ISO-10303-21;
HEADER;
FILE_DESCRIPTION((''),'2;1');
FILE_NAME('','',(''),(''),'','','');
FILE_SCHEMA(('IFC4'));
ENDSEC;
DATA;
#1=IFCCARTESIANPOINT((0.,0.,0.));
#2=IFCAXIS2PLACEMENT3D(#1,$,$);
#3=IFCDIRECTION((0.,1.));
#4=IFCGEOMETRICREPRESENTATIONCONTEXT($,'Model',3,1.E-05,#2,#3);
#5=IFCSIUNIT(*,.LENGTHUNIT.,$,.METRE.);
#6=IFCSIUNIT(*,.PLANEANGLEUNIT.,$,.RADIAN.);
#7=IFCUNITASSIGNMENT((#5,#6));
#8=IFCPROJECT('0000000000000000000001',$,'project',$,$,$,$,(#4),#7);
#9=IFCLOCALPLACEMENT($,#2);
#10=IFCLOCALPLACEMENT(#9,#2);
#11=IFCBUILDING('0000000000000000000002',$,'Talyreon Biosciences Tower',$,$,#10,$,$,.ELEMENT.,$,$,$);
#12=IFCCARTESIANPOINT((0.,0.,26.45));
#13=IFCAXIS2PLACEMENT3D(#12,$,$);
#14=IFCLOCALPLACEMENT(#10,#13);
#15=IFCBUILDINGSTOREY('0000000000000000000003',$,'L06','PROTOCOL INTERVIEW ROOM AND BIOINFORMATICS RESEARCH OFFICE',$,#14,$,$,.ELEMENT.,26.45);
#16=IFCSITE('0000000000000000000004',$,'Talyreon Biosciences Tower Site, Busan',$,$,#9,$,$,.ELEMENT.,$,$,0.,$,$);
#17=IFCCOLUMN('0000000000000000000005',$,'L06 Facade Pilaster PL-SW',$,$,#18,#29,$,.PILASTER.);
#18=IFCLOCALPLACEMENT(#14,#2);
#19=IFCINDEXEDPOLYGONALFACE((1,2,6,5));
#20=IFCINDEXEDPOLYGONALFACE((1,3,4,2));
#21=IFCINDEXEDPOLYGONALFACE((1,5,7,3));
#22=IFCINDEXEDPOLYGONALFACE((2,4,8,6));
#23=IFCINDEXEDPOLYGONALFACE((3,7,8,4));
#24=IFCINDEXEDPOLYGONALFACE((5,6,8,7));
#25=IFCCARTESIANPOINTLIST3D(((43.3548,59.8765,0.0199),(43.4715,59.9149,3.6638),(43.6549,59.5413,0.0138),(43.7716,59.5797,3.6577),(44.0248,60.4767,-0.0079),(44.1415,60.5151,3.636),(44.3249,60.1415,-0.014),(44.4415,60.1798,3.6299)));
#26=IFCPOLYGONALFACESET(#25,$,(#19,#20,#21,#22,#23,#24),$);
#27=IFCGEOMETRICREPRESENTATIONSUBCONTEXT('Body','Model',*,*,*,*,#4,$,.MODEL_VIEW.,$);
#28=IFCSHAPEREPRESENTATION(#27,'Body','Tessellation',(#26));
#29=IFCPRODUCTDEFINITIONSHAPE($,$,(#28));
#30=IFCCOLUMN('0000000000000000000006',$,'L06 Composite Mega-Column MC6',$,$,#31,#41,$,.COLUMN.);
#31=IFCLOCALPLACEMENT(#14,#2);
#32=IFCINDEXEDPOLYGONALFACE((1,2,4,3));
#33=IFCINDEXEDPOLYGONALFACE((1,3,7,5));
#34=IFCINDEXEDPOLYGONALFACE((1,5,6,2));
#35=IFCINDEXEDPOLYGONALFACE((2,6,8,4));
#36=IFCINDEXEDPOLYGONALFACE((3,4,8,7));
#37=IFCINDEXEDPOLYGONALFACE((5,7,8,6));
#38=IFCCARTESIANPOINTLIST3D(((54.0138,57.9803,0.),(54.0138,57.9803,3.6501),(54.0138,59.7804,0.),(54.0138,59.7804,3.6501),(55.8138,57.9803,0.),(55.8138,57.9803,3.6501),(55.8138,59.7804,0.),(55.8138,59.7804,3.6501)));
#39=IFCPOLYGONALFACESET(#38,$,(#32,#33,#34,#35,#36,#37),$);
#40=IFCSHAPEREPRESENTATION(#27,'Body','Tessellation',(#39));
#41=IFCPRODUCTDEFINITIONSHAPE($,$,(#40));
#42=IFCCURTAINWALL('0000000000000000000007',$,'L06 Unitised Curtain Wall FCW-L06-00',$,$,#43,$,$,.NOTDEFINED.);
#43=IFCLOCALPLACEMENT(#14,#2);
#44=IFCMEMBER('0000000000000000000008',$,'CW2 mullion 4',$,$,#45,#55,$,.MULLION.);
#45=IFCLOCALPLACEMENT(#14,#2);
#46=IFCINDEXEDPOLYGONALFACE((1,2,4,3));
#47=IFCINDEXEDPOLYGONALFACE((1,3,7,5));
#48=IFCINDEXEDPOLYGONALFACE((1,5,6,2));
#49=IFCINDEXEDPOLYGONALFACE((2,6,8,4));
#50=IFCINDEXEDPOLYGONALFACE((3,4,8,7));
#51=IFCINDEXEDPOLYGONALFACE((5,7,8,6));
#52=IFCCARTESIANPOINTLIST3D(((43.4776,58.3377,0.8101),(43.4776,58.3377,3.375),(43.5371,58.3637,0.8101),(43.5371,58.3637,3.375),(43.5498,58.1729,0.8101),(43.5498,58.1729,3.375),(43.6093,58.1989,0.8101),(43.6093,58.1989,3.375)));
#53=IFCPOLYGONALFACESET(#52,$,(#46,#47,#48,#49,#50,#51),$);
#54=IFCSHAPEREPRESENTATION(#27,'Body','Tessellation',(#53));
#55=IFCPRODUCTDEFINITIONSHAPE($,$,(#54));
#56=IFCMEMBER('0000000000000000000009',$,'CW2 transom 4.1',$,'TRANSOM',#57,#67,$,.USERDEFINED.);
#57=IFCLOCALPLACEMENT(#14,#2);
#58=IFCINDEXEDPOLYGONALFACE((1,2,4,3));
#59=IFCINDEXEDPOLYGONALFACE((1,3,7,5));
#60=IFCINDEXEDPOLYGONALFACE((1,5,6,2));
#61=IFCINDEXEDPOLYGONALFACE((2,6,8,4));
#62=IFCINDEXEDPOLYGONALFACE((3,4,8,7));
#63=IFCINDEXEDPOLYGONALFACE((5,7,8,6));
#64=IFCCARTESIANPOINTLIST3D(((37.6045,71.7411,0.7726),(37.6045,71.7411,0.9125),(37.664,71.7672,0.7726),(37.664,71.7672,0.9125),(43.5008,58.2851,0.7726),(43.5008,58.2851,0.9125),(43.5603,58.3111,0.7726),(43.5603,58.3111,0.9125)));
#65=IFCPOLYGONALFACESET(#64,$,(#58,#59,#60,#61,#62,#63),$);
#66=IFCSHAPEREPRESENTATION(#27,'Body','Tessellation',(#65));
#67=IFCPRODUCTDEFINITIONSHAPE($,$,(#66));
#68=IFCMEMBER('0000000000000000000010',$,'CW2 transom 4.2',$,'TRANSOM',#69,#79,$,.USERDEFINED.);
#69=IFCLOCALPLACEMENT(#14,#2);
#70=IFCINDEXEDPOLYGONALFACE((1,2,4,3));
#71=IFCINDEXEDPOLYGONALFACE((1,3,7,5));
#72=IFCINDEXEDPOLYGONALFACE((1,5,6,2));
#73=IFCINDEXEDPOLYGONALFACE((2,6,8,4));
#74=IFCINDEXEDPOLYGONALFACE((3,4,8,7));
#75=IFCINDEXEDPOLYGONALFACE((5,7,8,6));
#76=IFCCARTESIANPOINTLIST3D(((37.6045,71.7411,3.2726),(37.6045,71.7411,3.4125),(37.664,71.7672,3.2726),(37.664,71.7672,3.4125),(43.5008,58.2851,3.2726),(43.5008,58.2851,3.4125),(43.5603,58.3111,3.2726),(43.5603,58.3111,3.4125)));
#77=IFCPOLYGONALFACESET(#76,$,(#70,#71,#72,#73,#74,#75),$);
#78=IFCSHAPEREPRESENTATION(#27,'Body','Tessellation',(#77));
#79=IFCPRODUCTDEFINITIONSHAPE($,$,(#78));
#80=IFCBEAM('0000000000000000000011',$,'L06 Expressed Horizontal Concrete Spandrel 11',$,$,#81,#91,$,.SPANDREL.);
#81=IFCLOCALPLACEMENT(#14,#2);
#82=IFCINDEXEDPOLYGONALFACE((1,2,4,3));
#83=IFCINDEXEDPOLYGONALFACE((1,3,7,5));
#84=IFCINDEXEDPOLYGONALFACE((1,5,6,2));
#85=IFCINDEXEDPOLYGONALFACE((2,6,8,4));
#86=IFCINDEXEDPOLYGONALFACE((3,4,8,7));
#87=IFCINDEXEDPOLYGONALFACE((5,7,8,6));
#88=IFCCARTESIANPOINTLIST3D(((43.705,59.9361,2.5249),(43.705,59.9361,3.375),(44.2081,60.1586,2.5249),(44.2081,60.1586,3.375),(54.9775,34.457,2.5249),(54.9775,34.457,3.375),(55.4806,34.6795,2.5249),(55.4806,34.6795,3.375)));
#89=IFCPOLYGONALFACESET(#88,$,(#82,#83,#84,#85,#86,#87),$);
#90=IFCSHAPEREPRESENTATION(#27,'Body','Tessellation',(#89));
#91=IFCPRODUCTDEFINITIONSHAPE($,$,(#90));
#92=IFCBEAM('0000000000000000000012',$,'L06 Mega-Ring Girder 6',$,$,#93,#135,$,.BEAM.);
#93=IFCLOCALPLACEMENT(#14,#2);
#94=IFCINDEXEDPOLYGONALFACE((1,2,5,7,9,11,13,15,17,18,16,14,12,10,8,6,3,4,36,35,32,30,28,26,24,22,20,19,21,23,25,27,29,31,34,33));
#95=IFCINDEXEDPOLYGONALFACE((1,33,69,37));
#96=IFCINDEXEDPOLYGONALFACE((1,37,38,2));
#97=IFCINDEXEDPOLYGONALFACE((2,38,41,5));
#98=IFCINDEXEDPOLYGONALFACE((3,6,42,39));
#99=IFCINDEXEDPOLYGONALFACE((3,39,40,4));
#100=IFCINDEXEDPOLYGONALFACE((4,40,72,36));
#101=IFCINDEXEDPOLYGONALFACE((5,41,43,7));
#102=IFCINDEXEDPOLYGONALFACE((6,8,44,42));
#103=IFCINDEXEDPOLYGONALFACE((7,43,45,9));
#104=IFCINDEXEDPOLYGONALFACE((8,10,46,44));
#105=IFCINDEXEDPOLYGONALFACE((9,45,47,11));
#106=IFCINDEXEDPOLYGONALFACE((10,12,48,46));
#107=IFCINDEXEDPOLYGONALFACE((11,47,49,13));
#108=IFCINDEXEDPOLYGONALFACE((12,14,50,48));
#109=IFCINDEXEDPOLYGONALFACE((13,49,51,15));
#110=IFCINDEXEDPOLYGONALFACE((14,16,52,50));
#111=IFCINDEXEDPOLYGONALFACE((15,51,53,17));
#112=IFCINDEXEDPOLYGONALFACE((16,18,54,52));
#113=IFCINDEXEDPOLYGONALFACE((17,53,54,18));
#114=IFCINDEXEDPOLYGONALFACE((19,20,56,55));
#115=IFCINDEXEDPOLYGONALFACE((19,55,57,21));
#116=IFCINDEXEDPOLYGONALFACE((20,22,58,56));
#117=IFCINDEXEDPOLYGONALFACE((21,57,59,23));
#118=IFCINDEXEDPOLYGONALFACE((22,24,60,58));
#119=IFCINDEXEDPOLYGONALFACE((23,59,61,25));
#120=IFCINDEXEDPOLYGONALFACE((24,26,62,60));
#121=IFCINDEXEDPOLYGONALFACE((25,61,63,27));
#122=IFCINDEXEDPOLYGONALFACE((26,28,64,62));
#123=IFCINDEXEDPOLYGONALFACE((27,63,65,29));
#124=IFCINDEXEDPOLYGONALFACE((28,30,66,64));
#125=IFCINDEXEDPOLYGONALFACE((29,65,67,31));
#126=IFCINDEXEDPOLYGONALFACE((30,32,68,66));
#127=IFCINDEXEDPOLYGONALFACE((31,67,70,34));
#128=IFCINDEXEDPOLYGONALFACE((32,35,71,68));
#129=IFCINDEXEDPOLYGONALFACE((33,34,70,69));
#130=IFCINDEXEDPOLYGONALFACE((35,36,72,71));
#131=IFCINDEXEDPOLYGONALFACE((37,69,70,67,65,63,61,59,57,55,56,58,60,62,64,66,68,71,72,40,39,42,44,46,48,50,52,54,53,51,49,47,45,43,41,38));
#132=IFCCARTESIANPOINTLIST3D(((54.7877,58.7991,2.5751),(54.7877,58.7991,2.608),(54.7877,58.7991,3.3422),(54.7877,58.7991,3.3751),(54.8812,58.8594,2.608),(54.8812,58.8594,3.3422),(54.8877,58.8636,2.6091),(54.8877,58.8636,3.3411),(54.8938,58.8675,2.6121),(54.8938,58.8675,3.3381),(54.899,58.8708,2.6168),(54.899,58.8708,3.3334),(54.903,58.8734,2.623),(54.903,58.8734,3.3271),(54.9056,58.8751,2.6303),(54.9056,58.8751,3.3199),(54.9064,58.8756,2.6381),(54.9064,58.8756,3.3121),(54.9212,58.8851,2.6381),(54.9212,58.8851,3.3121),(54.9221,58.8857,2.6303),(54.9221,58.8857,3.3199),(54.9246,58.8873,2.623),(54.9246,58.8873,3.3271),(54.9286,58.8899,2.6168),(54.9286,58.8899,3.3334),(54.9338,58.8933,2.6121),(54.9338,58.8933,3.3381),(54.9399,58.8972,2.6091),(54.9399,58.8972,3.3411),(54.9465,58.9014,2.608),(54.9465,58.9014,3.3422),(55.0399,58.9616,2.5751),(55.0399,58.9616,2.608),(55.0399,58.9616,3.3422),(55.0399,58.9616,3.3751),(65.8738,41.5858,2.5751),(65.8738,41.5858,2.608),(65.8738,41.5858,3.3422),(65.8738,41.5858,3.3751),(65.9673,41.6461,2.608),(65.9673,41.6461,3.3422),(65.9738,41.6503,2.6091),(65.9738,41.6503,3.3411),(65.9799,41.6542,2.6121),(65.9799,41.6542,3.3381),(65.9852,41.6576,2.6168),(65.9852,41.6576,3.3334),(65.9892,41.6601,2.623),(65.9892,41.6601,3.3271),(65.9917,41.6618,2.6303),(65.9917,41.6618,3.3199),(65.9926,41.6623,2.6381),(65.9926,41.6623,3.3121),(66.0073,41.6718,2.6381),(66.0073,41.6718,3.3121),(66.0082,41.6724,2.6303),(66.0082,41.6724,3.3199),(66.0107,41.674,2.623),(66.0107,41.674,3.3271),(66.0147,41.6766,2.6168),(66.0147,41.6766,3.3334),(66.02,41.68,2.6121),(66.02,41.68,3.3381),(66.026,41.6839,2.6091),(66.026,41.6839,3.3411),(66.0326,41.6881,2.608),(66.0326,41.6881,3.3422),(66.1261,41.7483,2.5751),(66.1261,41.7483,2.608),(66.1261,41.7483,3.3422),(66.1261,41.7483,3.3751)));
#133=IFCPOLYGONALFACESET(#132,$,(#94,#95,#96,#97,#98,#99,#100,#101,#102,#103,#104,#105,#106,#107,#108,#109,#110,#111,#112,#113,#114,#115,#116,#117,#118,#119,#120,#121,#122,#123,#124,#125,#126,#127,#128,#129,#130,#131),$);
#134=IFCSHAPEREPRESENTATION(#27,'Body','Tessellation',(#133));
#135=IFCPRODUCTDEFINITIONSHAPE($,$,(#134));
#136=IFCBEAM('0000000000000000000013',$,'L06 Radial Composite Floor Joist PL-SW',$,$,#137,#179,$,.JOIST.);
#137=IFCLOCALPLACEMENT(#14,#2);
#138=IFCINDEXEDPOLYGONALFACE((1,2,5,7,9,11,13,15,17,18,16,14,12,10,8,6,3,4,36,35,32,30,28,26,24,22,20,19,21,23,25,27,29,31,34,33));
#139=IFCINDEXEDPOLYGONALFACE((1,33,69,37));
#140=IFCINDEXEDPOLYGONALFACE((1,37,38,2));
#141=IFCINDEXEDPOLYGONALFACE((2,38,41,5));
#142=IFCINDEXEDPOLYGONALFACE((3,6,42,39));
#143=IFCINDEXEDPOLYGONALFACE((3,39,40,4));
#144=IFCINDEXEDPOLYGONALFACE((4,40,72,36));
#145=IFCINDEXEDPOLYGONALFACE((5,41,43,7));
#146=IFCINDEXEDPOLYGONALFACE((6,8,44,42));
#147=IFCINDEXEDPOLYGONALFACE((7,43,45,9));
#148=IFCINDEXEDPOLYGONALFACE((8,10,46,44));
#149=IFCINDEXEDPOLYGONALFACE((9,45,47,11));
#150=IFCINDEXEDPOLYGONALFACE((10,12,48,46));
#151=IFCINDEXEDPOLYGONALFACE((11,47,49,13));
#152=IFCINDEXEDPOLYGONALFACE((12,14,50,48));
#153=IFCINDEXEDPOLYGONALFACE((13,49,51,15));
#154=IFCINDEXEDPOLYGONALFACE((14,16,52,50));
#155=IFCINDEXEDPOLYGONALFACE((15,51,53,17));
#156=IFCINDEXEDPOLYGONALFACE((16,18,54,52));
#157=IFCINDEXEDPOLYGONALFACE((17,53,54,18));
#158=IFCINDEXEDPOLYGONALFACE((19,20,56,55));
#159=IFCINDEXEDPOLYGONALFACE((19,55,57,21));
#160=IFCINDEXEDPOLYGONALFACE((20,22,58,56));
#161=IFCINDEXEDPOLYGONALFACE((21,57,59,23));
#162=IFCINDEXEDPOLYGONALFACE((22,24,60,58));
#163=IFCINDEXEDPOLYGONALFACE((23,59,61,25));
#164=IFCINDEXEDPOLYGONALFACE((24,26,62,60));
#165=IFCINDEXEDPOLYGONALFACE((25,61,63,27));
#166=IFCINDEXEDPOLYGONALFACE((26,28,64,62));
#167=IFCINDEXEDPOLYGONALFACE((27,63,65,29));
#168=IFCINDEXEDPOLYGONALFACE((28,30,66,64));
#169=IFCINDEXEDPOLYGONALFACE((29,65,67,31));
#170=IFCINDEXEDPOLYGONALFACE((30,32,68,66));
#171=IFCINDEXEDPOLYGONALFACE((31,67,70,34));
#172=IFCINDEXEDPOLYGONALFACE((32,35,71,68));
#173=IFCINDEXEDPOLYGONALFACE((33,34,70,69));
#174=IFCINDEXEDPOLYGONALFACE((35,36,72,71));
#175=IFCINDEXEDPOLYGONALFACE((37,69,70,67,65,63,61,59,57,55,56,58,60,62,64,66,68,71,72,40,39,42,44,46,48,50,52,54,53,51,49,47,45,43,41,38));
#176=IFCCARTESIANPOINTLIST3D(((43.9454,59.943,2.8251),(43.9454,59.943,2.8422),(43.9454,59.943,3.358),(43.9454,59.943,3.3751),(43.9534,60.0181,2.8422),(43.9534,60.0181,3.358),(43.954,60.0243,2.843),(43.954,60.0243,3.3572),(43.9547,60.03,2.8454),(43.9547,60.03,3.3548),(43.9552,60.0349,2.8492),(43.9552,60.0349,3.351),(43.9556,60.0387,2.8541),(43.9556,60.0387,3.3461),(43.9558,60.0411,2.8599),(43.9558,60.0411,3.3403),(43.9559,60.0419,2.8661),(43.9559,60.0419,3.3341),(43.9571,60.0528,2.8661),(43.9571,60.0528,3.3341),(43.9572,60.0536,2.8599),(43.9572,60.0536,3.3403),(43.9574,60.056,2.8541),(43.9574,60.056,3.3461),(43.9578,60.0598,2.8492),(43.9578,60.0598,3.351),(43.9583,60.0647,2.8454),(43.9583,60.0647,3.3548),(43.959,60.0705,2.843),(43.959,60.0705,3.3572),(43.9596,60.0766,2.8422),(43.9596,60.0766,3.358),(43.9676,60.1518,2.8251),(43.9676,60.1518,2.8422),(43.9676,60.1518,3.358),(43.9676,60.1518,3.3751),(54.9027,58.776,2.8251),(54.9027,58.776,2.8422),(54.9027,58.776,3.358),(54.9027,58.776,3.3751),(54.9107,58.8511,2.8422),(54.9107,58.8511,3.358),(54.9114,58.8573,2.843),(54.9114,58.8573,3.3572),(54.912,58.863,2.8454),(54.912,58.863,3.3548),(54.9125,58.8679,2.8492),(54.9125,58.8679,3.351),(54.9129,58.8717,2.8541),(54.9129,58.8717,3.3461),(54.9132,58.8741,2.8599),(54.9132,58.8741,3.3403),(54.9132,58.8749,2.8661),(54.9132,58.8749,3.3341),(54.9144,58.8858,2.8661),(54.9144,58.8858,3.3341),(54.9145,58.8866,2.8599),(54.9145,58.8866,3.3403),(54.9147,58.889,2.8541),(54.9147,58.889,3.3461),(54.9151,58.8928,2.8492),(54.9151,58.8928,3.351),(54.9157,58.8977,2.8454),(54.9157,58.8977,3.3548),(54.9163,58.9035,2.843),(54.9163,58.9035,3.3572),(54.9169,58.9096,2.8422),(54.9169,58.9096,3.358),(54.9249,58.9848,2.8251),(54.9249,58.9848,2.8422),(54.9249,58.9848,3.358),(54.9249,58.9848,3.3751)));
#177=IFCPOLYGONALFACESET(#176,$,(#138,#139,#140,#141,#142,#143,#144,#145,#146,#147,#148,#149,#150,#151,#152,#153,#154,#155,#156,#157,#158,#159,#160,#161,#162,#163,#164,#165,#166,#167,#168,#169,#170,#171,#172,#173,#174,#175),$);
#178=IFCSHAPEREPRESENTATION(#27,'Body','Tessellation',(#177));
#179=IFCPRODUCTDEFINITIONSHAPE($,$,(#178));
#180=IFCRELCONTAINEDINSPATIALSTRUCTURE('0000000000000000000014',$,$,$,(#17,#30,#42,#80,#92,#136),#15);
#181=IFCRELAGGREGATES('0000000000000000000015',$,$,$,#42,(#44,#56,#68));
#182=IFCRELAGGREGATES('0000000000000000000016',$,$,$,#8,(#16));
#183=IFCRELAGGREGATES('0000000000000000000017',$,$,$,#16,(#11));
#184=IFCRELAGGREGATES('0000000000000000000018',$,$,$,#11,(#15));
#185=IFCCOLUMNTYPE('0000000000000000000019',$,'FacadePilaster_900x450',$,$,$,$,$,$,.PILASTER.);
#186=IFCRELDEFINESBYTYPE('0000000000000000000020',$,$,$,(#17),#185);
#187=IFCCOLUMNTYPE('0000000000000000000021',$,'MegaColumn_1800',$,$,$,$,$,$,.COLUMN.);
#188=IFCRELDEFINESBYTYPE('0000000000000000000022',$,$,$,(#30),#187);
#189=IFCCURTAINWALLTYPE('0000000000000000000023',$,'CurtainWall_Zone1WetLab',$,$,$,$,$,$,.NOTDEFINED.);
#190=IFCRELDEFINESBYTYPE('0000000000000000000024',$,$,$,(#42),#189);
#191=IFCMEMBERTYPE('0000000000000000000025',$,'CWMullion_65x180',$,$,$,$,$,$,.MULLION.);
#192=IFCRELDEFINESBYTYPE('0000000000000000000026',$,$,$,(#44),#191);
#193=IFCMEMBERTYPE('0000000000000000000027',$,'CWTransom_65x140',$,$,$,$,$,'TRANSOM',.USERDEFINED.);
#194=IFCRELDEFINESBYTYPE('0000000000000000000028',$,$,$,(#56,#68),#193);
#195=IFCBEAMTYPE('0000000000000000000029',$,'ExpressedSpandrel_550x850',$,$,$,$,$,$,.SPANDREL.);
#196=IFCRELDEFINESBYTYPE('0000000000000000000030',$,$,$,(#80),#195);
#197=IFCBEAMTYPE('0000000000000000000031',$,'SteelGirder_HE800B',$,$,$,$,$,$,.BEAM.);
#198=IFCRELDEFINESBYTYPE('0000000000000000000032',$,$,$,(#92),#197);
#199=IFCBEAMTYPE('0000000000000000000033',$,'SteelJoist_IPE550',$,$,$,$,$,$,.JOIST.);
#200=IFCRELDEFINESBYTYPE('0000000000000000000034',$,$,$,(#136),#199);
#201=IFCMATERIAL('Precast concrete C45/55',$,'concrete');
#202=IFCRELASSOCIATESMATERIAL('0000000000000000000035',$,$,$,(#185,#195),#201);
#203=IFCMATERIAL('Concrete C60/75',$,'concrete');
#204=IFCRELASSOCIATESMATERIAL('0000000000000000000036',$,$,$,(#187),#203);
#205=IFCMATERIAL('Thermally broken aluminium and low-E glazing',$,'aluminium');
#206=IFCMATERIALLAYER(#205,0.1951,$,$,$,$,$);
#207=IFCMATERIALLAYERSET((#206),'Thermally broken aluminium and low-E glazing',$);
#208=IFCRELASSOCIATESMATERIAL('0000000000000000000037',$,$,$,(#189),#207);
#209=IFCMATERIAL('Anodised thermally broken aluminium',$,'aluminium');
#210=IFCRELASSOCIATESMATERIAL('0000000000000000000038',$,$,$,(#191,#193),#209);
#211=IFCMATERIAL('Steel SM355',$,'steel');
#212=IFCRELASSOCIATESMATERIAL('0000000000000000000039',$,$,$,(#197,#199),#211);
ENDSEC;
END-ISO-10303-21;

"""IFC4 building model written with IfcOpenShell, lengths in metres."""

from ifc_helpers import new_model, si_unit, direction, frame, origin, origin_2d, place, context, subcontext, project, spatial, rectangle, i_section, extrude, material, layer, layer_set, material_profile, profile_set, type_object, element, aggregate, save


model = new_model("IFC4")

# Units and contexts
model_context = context("Model", 3, precision=1e-05, world=origin(), true_north=direction((0.0, 1.0)))
body_context = subcontext(model_context, "Body", "Model", "MODEL_VIEW")
ifc_project = project(units=[si_unit("LENGTHUNIT", "METRE"), si_unit("PLANEANGLEUNIT", "RADIAN")], contexts=[model_context])

# Site, building, storey
site_placement = place(None, origin())
site = spatial("IfcSite", under=ifc_project, at=site_placement, Name="Talyreon Biosciences Tower Site, Busan", CompositionType="ELEMENT", RefElevation=0.0)
building_placement = place(site_placement, origin())
building = spatial("IfcBuilding", under=site, at=building_placement, Name="Talyreon Biosciences Tower", CompositionType="ELEMENT")
storey_placement = place(building_placement, frame((0.0, 0.0, 26.45)))
storey = spatial("IfcBuildingStorey", under=building, at=storey_placement, Name="L06", Description="PROTOCOL INTERVIEW ROOM AND BIOINFORMATICS RESEARCH OFFICE", CompositionType="ELEMENT", Elevation=26.45)

# Columns
ifc_material_1 = material(Name="Precast concrete C45/55", Category="concrete")
ifc_material_profile_1 = material_profile(ifc_material_1, rectangle(XDim=0.8999, YDim=0.45, at=origin_2d()), Name="RC 900x450")
ifc_profile_set_1 = profile_set([ifc_material_profile_1], Name="Precast concrete C45/55")
column_type_1 = type_object("IfcColumnType", Name="FacadePilaster_900x450", PredefinedType="PILASTER", material=ifc_profile_set_1)
column_1_placement = place(storey_placement, frame((43.8398, 60.009, 0.0029), z_axis=(0.032006, 0.010513, 0.999432), x_axis=(0.74446, 0.666954, -0.030856)))
element("IfcColumn", 1, at=column_1_placement, inside=storey, type_object=column_type_1, Name="L06 Facade Pilaster PL-SW", PredefinedType="PILASTER", context=body_context, shape_type="SweptSolid", body=[
    extrude(rectangle(XDim=0.8999, YDim=0.45, at=origin_2d()), origin(), (0.0, 0.0, 1.0), 3.646),
])
ifc_material_2 = material(Name="Concrete C60/75", Category="concrete")
ifc_material_profile_2 = material_profile(ifc_material_2, rectangle(XDim=1.8, YDim=1.8, at=origin_2d()), Name="RC 1800x1800")
ifc_profile_set_2 = profile_set([ifc_material_profile_2], Name="Concrete C60/75")
column_type_2 = type_object("IfcColumnType", Name="MegaColumn_1800", PredefinedType="COLUMN", material=ifc_profile_set_2)
column_2_placement = place(storey_placement, frame((54.9138, 58.8804, 0.0), z_axis=(0.0, 0.0, 1.0), x_axis=(1.0, 0.0, 0.0)))
element("IfcColumn", 2, at=column_2_placement, inside=storey, type_object=column_type_2, Name="L06 Composite Mega-Column MC6", PredefinedType="COLUMN", context=body_context, shape_type="SweptSolid", body=[
    extrude(rectangle(XDim=1.8, YDim=1.8, at=origin_2d()), origin(), (0.0, 0.0, 1.0), 3.6501),
])

# Curtain wall, members
ifc_material_3 = material(Name="Thermally broken aluminium and low-E glazing", Category="aluminium")
ifc_layer_1 = layer(ifc_material_3, 0.1951)
ifc_layer_set_1 = layer_set([ifc_layer_1], Name="Thermally broken aluminium and low-E glazing")
curtain_wall_type = type_object("IfcCurtainWallType", Name="CurtainWall_Zone1WetLab", PredefinedType="NOTDEFINED", material=ifc_layer_set_1)
curtain_wall_placement = place(storey_placement, origin())
curtain_wall = element("IfcCurtainWall", 3, at=curtain_wall_placement, inside=storey, type_object=curtain_wall_type, Name="L06 Unitised Curtain Wall FCW-L06-00", PredefinedType="NOTDEFINED")
ifc_material_4 = material(Name="Anodised thermally broken aluminium", Category="aluminium")
ifc_material_profile_3 = material_profile(ifc_material_4, rectangle(XDim=0.0649, YDim=0.1799, at=origin_2d()), Name="ALUM MULLION 65x180")
ifc_profile_set_3 = profile_set([ifc_material_profile_3], Name="Anodised thermally broken aluminium")
member_type_1 = type_object("IfcMemberType", Name="CWMullion_65x180", PredefinedType="MULLION", material=ifc_profile_set_3)
member_1_placement = place(storey_placement, frame((43.5435, 58.2683, 0.8101), z_axis=(0.0, 0.0, 1.0), x_axis=(-0.915927, -0.401345, 0.0)))
member_1 = element("IfcMember", 4, at=member_1_placement, type_object=member_type_1, Name="CW2 mullion 4", PredefinedType="MULLION", context=body_context, shape_type="SweptSolid", body=[
    extrude(rectangle(XDim=0.0649, YDim=0.1799, at=origin_2d()), origin(), (0.0, 0.0, 1.0), 2.5649),
])
ifc_material_profile_4 = material_profile(ifc_material_4, rectangle(XDim=0.0649, YDim=0.1399, at=origin_2d()), Name="ALUM TRANSOM 65x140")
ifc_profile_set_4 = profile_set([ifc_material_profile_4], Name="Anodised thermally broken aluminium")
member_type_2 = type_object("IfcMemberType", Name="CWTransom_65x140", ElementType="TRANSOM", PredefinedType="USERDEFINED", material=ifc_profile_set_4)
member_2_placement = place(storey_placement, frame((43.5305, 58.2981, 0.8425), z_axis=(-0.401345, 0.915927, 0.0), x_axis=(-0.915927, -0.401345, 0.0)))
member_2 = element("IfcMember", 5, at=member_2_placement, type_object=member_type_2, Name="CW2 transom 4.1", ObjectType="TRANSOM", PredefinedType="USERDEFINED", context=body_context, shape_type="SweptSolid", body=[
    extrude(rectangle(XDim=0.0649, YDim=0.1399, at=origin_2d()), origin(), (0.0, 0.0, 1.0), 14.6912),
])
member_3_placement = place(storey_placement, frame((43.5305, 58.2981, 3.3425), z_axis=(-0.401345, 0.915927, 0.0), x_axis=(-0.915927, -0.401345, 0.0)))
member_3 = element("IfcMember", 6, at=member_3_placement, type_object=member_type_2, Name="CW2 transom 4.2", ObjectType="TRANSOM", PredefinedType="USERDEFINED", context=body_context, shape_type="SweptSolid", body=[
    extrude(rectangle(XDim=0.0649, YDim=0.1399, at=origin_2d()), origin(), (0.0, 0.0, 1.0), 14.6912),
])

# Beams
ifc_material_profile_5 = material_profile(ifc_material_1, rectangle(XDim=0.55, YDim=0.8501, at=origin_2d()), Name="RCB 550x850")
ifc_profile_set_5 = profile_set([ifc_material_profile_5], Name="Precast concrete C45/55")
beam_type_1 = type_object("IfcBeamType", Name="ExpressedSpandrel_550x850", PredefinedType="SPANDREL", material=ifc_profile_set_5)
beam_1_placement = place(storey_placement, frame((43.9565, 60.0474, 2.95), z_axis=(0.404593, -0.914497, 0.0), x_axis=(0.914497, 0.404593, 0.0)))
element("IfcBeam", 7, at=beam_1_placement, inside=storey, type_object=beam_type_1, Name="L06 Expressed Horizontal Concrete Spandrel 11", PredefinedType="SPANDREL", context=body_context, shape_type="SweptSolid", body=[
    extrude(rectangle(XDim=0.55, YDim=0.8501, at=origin_2d()), origin(), (0.0, 0.0, 1.0), 27.8613),
])
ifc_material_5 = material(Name="Steel SM355", Category="steel")
ifc_material_profile_6 = material_profile(ifc_material_5, i_section(OverallWidth=0.3, OverallDepth=0.8, WebThickness=0.0176, FlangeThickness=0.033, FilletRadius=0.03, at=origin_2d()), Name="HE800B")
ifc_profile_set_6 = profile_set([ifc_material_profile_6], Name="Steel SM355")
beam_type_2 = type_object("IfcBeamType", Name="SteelGirder_HE800B", PredefinedType="BEAM", material=ifc_profile_set_6)
beam_2_placement = place(storey_placement, frame((54.9138, 58.8804, 2.9751), z_axis=(0.541464, -0.840724, 0.0), x_axis=(0.840724, 0.541464, 0.0)))
element("IfcBeam", 8, at=beam_2_placement, inside=storey, type_object=beam_type_2, Name="L06 Mega-Ring Girder 6", PredefinedType="BEAM", context=body_context, shape_type="SweptSolid", body=[
    extrude(i_section(OverallWidth=0.3, OverallDepth=0.8, WebThickness=0.0176, FlangeThickness=0.033, FilletRadius=0.03, at=origin_2d()), origin(), (0.0, 0.0, 1.0), 20.4744),
])
ifc_material_profile_7 = material_profile(ifc_material_5, i_section(OverallWidth=0.21, OverallDepth=0.55, WebThickness=0.011, FlangeThickness=0.0171, FilletRadius=0.0239, at=origin_2d()), Name="IPE550")
ifc_profile_set_7 = profile_set([ifc_material_profile_7], Name="Steel SM355")
beam_type_3 = type_object("IfcBeamType", Name="SteelJoist_IPE550", PredefinedType="JOIST", material=ifc_profile_set_7)
beam_3_placement = place(storey_placement, frame((54.9138, 58.8804, 3.1001), z_axis=(-0.994376, 0.105905, 0.0), x_axis=(-0.105905, -0.994376, 0.0)))
element("IfcBeam", 9, at=beam_3_placement, inside=storey, type_object=beam_type_3, Name="L06 Radial Composite Floor Joist PL-SW", PredefinedType="JOIST", context=body_context, shape_type="SweptSolid", body=[
    extrude(i_section(OverallWidth=0.21, OverallDepth=0.55, WebThickness=0.011, FlangeThickness=0.0171, FilletRadius=0.0239, at=origin_2d()), origin(), (0.0, 0.0, 1.0), 11.0193),
])

aggregate(curtain_wall, [member_1, member_2, member_3])

save(model, "model.ifc")
